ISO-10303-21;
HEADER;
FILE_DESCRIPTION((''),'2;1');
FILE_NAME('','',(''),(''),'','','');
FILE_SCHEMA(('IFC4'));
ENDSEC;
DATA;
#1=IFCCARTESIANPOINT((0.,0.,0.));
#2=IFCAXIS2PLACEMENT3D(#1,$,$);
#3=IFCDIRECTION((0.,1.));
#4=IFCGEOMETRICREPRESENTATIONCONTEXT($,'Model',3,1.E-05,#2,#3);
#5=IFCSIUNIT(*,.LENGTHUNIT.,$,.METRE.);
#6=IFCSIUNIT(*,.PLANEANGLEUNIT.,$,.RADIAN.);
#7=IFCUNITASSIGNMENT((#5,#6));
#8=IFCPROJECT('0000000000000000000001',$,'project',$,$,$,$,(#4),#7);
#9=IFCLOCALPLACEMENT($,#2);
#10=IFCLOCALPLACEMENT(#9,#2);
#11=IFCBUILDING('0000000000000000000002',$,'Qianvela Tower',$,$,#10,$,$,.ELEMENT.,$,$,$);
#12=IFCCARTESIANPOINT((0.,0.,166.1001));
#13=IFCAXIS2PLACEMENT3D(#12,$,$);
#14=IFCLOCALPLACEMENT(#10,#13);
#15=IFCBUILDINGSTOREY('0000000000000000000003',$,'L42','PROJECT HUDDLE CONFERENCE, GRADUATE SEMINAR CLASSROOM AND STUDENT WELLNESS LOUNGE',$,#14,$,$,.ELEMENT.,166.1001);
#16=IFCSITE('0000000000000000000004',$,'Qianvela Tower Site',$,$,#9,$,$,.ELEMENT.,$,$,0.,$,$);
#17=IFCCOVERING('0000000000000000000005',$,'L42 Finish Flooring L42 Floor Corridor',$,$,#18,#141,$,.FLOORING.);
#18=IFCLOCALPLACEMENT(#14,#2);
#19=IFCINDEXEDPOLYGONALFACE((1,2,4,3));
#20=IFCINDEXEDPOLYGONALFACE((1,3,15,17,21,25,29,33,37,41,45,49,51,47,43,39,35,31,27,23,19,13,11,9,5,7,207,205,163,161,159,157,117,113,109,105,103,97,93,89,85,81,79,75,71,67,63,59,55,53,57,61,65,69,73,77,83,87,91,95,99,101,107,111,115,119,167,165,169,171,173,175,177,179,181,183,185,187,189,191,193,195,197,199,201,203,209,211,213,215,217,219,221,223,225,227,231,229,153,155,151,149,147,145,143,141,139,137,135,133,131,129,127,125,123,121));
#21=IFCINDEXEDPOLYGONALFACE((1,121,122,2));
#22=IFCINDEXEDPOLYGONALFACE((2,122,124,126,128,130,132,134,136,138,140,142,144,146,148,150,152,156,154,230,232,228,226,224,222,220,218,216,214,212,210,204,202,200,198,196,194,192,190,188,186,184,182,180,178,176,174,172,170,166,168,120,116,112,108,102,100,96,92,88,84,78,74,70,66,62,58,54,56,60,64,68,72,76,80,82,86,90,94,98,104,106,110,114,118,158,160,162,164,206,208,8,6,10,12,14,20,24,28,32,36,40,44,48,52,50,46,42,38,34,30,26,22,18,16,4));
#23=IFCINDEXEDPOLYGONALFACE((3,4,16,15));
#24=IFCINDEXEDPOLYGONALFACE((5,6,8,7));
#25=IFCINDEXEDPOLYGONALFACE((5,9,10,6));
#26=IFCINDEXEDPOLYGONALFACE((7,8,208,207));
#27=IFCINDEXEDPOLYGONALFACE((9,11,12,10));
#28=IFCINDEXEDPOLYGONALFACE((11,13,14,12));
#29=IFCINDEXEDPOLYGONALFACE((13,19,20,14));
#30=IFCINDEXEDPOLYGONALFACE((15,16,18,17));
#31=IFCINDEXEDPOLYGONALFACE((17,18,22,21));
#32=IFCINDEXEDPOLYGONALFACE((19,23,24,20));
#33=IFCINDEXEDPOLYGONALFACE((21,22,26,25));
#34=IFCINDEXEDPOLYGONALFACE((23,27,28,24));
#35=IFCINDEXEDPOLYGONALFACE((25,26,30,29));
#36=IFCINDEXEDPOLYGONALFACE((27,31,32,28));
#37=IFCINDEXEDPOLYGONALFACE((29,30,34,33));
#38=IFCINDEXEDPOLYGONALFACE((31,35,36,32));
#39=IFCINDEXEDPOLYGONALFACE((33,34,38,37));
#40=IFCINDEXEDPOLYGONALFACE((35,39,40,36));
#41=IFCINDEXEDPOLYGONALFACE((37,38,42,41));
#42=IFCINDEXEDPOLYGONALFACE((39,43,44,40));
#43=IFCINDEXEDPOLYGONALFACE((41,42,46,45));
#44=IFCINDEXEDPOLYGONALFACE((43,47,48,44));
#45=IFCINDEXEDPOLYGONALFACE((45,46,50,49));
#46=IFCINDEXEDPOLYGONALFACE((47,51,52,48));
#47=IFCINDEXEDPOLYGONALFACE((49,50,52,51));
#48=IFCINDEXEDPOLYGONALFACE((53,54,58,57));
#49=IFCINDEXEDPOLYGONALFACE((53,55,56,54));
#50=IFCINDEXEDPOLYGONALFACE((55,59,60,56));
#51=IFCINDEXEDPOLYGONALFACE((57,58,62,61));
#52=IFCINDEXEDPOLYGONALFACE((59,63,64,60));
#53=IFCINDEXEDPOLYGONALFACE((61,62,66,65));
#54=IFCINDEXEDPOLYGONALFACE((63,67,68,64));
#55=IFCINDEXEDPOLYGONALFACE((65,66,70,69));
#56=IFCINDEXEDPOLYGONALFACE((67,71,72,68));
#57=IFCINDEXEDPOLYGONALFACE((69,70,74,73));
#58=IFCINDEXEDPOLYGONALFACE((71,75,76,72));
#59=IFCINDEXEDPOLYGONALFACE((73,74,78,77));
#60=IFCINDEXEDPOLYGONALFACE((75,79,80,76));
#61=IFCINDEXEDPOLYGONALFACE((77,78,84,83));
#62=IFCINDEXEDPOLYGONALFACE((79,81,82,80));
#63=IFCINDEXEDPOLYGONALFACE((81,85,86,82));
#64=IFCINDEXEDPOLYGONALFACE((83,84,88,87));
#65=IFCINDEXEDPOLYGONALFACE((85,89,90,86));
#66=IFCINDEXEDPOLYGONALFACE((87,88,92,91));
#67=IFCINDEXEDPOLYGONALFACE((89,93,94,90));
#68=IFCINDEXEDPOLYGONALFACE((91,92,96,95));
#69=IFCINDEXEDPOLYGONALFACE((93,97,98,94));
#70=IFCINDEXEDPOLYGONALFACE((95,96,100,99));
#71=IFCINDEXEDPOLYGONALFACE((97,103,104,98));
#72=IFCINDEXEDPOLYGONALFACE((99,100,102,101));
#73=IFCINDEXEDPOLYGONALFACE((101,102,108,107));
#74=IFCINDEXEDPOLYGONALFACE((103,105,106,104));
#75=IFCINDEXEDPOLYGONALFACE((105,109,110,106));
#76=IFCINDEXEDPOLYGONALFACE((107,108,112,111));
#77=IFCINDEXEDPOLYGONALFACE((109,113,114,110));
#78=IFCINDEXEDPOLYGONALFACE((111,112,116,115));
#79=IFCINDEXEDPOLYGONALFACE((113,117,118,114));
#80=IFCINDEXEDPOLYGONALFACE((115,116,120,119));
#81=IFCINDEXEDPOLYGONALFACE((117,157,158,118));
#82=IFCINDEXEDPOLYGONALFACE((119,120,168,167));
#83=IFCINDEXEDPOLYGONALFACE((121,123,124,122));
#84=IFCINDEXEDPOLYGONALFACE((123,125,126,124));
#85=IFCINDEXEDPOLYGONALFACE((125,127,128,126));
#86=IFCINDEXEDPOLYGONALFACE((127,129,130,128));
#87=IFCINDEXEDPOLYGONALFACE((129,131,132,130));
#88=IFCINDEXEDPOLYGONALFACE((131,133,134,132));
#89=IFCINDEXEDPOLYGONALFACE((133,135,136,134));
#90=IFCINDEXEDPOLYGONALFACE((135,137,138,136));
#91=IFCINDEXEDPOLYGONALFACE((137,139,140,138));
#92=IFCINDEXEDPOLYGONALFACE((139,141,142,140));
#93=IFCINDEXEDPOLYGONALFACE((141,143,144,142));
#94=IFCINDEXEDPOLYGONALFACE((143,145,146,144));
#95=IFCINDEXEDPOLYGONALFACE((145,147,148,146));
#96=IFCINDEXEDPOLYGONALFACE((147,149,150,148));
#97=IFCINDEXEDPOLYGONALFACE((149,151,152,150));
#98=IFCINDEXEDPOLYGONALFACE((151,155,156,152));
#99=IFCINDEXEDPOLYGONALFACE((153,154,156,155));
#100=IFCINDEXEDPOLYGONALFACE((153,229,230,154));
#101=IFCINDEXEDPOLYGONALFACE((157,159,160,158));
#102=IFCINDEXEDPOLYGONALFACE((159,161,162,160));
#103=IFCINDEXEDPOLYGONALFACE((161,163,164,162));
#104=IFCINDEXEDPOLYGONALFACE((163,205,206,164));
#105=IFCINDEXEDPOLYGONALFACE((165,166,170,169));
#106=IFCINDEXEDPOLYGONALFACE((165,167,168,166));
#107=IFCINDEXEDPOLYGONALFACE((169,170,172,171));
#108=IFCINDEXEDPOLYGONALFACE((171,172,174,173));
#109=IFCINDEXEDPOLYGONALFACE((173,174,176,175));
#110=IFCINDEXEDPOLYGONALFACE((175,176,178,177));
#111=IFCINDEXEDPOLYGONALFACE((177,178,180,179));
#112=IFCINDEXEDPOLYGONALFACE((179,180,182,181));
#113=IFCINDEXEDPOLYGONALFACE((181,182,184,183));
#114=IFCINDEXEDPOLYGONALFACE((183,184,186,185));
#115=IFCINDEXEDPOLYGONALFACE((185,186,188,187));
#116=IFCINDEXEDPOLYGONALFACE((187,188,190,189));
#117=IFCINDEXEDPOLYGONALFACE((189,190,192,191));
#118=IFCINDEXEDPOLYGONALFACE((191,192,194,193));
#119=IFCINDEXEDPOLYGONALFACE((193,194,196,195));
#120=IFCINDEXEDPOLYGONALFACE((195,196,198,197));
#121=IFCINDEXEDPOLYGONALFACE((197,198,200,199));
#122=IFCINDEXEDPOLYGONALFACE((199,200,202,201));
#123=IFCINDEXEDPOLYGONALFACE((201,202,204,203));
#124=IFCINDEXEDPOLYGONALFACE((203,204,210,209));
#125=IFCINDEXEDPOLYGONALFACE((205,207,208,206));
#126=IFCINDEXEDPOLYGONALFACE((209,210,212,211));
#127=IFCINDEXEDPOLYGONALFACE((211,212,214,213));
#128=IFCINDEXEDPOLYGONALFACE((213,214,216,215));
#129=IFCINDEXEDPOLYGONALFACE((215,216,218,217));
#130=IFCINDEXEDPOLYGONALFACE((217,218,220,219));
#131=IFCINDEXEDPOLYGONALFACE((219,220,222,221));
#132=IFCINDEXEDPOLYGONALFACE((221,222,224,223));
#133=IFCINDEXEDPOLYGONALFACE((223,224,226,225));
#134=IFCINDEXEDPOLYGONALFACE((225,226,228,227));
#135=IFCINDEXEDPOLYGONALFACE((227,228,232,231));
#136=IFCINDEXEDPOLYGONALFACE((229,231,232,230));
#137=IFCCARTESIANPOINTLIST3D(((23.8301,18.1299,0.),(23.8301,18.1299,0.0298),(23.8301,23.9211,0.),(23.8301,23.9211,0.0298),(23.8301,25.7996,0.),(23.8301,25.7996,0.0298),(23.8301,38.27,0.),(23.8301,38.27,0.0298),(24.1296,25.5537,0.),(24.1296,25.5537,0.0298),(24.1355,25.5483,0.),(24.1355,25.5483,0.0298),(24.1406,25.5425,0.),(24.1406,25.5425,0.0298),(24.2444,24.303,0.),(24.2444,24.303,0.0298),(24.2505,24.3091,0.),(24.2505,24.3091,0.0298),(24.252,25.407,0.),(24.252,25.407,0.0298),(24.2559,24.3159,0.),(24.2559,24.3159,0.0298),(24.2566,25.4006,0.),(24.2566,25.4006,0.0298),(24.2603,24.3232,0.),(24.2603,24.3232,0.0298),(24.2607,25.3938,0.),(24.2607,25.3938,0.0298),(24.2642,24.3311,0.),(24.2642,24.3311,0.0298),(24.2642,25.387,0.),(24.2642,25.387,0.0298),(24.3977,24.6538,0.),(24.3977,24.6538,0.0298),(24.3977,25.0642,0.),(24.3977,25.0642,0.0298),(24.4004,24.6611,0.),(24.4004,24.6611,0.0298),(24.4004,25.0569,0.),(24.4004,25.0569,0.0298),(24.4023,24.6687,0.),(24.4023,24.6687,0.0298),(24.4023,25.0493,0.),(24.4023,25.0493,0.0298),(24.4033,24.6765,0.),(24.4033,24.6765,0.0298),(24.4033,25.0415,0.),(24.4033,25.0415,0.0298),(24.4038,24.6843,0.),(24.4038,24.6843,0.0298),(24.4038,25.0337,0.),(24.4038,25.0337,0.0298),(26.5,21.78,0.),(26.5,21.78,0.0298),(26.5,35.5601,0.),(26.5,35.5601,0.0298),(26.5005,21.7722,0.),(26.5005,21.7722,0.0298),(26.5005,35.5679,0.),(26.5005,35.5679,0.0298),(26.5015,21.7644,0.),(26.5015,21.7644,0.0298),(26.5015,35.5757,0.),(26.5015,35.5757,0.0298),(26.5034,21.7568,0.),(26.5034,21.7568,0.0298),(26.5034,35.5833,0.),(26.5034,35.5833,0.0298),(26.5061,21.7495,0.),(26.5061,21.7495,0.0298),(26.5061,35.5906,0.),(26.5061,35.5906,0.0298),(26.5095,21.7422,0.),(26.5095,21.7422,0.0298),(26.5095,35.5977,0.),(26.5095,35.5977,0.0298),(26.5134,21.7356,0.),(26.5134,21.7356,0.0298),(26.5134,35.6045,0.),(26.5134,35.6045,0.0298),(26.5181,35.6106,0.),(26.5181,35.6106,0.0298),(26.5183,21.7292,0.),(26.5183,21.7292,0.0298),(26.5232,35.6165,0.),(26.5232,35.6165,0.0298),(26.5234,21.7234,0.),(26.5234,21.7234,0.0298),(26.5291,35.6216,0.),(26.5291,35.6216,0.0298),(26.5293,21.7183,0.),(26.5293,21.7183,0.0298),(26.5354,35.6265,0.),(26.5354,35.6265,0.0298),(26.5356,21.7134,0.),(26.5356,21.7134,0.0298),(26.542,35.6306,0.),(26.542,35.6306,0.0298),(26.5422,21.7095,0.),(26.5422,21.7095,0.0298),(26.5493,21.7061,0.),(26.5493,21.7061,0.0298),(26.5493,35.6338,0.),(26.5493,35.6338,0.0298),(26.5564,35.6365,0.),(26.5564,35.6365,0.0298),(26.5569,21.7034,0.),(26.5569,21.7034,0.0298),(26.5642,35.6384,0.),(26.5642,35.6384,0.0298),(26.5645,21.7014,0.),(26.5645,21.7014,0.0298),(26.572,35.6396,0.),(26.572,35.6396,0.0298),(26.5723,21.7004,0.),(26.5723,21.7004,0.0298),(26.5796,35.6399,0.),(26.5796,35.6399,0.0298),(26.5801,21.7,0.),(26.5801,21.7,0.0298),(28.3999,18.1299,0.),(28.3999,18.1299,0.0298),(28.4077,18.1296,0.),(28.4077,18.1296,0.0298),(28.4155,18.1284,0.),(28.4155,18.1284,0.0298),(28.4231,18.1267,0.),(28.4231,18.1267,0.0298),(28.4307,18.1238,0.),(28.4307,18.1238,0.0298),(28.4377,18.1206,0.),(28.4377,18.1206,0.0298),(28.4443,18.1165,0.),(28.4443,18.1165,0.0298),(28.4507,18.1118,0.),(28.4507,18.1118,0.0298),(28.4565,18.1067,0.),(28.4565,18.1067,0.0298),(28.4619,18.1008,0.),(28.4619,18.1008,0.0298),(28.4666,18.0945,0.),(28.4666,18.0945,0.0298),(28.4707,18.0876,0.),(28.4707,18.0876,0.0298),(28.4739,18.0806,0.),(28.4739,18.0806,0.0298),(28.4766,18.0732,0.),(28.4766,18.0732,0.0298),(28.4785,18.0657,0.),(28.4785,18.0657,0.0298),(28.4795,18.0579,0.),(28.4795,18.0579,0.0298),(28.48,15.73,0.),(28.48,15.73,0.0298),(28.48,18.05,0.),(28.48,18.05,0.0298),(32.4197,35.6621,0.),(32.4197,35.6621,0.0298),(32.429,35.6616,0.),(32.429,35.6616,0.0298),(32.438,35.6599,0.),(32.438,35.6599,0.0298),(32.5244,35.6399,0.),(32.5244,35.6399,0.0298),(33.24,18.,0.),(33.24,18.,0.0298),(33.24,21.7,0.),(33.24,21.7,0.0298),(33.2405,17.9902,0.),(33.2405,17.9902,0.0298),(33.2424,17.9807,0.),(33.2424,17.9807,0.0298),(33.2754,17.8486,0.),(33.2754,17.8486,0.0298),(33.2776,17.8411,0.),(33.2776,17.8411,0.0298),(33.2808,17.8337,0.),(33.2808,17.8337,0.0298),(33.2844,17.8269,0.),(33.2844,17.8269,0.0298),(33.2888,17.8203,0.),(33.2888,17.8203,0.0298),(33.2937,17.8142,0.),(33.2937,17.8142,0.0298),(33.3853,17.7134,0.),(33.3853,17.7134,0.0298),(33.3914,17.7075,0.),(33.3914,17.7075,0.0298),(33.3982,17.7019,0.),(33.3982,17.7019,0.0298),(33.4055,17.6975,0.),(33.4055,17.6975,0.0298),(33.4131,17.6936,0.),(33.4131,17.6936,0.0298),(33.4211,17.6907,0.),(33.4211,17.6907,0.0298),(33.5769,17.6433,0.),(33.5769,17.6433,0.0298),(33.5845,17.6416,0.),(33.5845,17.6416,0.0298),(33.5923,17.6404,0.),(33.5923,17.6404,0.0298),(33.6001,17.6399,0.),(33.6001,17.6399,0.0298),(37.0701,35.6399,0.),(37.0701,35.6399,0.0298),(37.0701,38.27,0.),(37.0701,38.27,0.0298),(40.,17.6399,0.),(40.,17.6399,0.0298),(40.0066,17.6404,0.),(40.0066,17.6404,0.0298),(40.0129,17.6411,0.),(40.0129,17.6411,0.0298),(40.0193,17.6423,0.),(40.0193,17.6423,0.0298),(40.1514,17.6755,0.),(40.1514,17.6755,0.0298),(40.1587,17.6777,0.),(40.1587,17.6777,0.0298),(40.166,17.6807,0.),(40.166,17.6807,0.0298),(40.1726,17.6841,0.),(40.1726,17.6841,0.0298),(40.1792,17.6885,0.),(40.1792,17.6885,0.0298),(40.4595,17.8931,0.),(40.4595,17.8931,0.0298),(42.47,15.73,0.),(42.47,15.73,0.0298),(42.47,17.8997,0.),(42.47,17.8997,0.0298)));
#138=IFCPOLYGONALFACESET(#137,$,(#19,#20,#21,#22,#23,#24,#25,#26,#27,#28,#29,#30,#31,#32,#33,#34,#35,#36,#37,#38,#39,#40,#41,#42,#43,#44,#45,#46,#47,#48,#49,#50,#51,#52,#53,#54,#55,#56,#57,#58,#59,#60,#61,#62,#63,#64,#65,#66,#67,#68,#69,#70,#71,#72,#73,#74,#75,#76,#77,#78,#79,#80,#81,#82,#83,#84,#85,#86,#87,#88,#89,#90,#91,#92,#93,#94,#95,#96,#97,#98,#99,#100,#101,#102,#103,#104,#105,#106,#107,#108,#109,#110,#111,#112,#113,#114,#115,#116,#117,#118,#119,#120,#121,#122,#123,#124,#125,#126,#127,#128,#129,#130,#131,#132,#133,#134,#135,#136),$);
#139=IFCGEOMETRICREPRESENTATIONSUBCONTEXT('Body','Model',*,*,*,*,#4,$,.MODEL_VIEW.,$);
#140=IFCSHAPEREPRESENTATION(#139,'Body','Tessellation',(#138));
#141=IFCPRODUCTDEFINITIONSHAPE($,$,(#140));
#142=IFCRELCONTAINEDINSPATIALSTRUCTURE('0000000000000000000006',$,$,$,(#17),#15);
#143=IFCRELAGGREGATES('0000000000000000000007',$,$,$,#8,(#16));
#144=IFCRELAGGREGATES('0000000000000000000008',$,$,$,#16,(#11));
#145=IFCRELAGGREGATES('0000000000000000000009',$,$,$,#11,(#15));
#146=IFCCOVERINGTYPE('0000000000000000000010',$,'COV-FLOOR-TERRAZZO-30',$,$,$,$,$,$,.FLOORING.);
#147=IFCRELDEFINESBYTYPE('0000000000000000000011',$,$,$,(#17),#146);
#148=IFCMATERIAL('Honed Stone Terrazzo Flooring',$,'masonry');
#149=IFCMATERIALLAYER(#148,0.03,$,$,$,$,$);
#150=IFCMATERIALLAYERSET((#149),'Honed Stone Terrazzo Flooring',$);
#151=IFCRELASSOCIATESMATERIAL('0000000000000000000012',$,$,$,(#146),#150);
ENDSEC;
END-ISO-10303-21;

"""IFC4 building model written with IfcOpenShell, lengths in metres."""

from ifc_helpers import new_model, si_unit, direction, frame, origin, place, context, subcontext, project, spatial, polyline, outline, extrude, material, layer, layer_set, type_object, element, save


model = new_model("IFC4")

# Units and contexts
model_context = context("Model", 3, precision=1e-05, world=origin(), true_north=direction((0.0, 1.0)))
body_context = subcontext(model_context, "Body", "Model", "MODEL_VIEW")
ifc_project = project(units=[si_unit("LENGTHUNIT", "METRE"), si_unit("PLANEANGLEUNIT", "RADIAN")], contexts=[model_context])

# Site, building, storey
site_placement = place(None, origin())
site = spatial("IfcSite", under=ifc_project, at=site_placement, Name="Qianvela Tower Site", CompositionType="ELEMENT", RefElevation=0.0)
building_placement = place(site_placement, origin())
building = spatial("IfcBuilding", under=site, at=building_placement, Name="Qianvela Tower", CompositionType="ELEMENT")
storey_placement = place(building_placement, frame((0.0, 0.0, 166.1001)))
storey = spatial("IfcBuildingStorey", under=building, at=storey_placement, Name="L42", Description="PROJECT HUDDLE CONFERENCE, GRADUATE SEMINAR CLASSROOM AND STUDENT WELLNESS LOUNGE", CompositionType="ELEMENT", Elevation=166.1001)

# Covering
ifc_material_1 = material(Name="Honed Stone Terrazzo Flooring", Category="masonry")
ifc_layer_1 = layer(ifc_material_1, 0.03)
ifc_layer_set_1 = layer_set([ifc_layer_1], Name="Honed Stone Terrazzo Flooring")
covering_type_1 = type_object("IfcCoveringType", Name="COV-FLOOR-TERRAZZO-30", PredefinedType="FLOORING", material=ifc_layer_set_1)
covering_1_placement = place(storey_placement, origin())
element("IfcCovering", 1, at=covering_1_placement, inside=storey, type_object=covering_type_1, Name="L42 Finish Flooring L42 Floor Corridor", PredefinedType="FLOORING", context=body_context, shape_type="SweptSolid", body=[
    extrude(outline(polyline([(24.4038, 25.0337), (24.4033, 25.0415), (24.4023, 25.0493), (24.4004, 25.0569), (24.3977, 25.0642), (24.2642, 25.387), (24.2607, 25.3938), (24.2566, 25.4006), (24.252, 25.407), (24.1406, 25.5425), (24.1355, 25.5483), (24.1296, 25.5537), (23.8301, 25.7996), (23.8301, 38.27), (37.0701, 38.27), (37.0701, 35.6399), (32.5244, 35.6399), (32.438, 35.6599), (32.429, 35.6616), (32.4197, 35.6621), (26.5796, 35.6399), (26.572, 35.6396), (26.5642, 35.6384), (26.5564, 35.6365), (26.5493, 35.6338), (26.542, 35.6306), (26.5354, 35.6265), (26.5291, 35.6216), (26.5232, 35.6165), (26.5181, 35.6106), (26.5134, 35.6045), (26.5095, 35.5977), (26.5061, 35.5906), (26.5034, 35.5833), (26.5015, 35.5757), (26.5005, 35.5679), (26.5, 35.5601), (26.5, 21.78), (26.5005, 21.7722), (26.5015, 21.7644), (26.5034, 21.7568), (26.5061, 21.7495), (26.5095, 21.7422), (26.5134, 21.7356), (26.5183, 21.7292), (26.5234, 21.7234), (26.5293, 21.7183), (26.5356, 21.7134), (26.5422, 21.7095), (26.5493, 21.7061), (26.5569, 21.7034), (26.5645, 21.7014), (26.5723, 21.7004), (26.5801, 21.7), (33.24, 21.7), (33.24, 18.0), (33.2405, 17.9902), (33.2424, 17.9807), (33.2754, 17.8486), (33.2776, 17.8411), (33.2808, 17.8337), (33.2844, 17.8269), (33.2888, 17.8203), (33.2937, 17.8142), (33.3853, 17.7134), (33.3914, 17.7075), (33.3982, 17.7019), (33.4055, 17.6975), (33.4131, 17.6936), (33.4211, 17.6907), (33.5769, 17.6433), (33.5845, 17.6416), (33.5923, 17.6404), (33.6001, 17.6399), (40.0, 17.6399), (40.0066, 17.6404), (40.0129, 17.6411), (40.0193, 17.6423), (40.1514, 17.6755), (40.1587, 17.6777), (40.166, 17.6807), (40.1726, 17.6841), (40.1792, 17.6885), (40.4595, 17.8931), (42.47, 17.8997), (42.47, 15.73), (28.48, 15.73), (28.48, 18.05), (28.4795, 18.0579), (28.4785, 18.0657), (28.4766, 18.0732), (28.4739, 18.0806), (28.4707, 18.0876), (28.4666, 18.0945), (28.4619, 18.1008), (28.4565, 18.1067), (28.4507, 18.1118), (28.4443, 18.1165), (28.4377, 18.1206), (28.4307, 18.1238), (28.4231, 18.1267), (28.4155, 18.1284), (28.4077, 18.1296), (28.3999, 18.1299), (23.8301, 18.1299), (23.8301, 23.9211), (24.2444, 24.303), (24.2505, 24.3091), (24.2559, 24.3159), (24.2603, 24.3232), (24.2642, 24.3311), (24.3977, 24.6538), (24.4004, 24.6611), (24.4023, 24.6687), (24.4033, 24.6765), (24.4038, 24.6843), (24.4038, 25.0337)])), origin(), (0.0, 0.0, 1.0), 0.0298),
])

save(model, "model.ifc")
